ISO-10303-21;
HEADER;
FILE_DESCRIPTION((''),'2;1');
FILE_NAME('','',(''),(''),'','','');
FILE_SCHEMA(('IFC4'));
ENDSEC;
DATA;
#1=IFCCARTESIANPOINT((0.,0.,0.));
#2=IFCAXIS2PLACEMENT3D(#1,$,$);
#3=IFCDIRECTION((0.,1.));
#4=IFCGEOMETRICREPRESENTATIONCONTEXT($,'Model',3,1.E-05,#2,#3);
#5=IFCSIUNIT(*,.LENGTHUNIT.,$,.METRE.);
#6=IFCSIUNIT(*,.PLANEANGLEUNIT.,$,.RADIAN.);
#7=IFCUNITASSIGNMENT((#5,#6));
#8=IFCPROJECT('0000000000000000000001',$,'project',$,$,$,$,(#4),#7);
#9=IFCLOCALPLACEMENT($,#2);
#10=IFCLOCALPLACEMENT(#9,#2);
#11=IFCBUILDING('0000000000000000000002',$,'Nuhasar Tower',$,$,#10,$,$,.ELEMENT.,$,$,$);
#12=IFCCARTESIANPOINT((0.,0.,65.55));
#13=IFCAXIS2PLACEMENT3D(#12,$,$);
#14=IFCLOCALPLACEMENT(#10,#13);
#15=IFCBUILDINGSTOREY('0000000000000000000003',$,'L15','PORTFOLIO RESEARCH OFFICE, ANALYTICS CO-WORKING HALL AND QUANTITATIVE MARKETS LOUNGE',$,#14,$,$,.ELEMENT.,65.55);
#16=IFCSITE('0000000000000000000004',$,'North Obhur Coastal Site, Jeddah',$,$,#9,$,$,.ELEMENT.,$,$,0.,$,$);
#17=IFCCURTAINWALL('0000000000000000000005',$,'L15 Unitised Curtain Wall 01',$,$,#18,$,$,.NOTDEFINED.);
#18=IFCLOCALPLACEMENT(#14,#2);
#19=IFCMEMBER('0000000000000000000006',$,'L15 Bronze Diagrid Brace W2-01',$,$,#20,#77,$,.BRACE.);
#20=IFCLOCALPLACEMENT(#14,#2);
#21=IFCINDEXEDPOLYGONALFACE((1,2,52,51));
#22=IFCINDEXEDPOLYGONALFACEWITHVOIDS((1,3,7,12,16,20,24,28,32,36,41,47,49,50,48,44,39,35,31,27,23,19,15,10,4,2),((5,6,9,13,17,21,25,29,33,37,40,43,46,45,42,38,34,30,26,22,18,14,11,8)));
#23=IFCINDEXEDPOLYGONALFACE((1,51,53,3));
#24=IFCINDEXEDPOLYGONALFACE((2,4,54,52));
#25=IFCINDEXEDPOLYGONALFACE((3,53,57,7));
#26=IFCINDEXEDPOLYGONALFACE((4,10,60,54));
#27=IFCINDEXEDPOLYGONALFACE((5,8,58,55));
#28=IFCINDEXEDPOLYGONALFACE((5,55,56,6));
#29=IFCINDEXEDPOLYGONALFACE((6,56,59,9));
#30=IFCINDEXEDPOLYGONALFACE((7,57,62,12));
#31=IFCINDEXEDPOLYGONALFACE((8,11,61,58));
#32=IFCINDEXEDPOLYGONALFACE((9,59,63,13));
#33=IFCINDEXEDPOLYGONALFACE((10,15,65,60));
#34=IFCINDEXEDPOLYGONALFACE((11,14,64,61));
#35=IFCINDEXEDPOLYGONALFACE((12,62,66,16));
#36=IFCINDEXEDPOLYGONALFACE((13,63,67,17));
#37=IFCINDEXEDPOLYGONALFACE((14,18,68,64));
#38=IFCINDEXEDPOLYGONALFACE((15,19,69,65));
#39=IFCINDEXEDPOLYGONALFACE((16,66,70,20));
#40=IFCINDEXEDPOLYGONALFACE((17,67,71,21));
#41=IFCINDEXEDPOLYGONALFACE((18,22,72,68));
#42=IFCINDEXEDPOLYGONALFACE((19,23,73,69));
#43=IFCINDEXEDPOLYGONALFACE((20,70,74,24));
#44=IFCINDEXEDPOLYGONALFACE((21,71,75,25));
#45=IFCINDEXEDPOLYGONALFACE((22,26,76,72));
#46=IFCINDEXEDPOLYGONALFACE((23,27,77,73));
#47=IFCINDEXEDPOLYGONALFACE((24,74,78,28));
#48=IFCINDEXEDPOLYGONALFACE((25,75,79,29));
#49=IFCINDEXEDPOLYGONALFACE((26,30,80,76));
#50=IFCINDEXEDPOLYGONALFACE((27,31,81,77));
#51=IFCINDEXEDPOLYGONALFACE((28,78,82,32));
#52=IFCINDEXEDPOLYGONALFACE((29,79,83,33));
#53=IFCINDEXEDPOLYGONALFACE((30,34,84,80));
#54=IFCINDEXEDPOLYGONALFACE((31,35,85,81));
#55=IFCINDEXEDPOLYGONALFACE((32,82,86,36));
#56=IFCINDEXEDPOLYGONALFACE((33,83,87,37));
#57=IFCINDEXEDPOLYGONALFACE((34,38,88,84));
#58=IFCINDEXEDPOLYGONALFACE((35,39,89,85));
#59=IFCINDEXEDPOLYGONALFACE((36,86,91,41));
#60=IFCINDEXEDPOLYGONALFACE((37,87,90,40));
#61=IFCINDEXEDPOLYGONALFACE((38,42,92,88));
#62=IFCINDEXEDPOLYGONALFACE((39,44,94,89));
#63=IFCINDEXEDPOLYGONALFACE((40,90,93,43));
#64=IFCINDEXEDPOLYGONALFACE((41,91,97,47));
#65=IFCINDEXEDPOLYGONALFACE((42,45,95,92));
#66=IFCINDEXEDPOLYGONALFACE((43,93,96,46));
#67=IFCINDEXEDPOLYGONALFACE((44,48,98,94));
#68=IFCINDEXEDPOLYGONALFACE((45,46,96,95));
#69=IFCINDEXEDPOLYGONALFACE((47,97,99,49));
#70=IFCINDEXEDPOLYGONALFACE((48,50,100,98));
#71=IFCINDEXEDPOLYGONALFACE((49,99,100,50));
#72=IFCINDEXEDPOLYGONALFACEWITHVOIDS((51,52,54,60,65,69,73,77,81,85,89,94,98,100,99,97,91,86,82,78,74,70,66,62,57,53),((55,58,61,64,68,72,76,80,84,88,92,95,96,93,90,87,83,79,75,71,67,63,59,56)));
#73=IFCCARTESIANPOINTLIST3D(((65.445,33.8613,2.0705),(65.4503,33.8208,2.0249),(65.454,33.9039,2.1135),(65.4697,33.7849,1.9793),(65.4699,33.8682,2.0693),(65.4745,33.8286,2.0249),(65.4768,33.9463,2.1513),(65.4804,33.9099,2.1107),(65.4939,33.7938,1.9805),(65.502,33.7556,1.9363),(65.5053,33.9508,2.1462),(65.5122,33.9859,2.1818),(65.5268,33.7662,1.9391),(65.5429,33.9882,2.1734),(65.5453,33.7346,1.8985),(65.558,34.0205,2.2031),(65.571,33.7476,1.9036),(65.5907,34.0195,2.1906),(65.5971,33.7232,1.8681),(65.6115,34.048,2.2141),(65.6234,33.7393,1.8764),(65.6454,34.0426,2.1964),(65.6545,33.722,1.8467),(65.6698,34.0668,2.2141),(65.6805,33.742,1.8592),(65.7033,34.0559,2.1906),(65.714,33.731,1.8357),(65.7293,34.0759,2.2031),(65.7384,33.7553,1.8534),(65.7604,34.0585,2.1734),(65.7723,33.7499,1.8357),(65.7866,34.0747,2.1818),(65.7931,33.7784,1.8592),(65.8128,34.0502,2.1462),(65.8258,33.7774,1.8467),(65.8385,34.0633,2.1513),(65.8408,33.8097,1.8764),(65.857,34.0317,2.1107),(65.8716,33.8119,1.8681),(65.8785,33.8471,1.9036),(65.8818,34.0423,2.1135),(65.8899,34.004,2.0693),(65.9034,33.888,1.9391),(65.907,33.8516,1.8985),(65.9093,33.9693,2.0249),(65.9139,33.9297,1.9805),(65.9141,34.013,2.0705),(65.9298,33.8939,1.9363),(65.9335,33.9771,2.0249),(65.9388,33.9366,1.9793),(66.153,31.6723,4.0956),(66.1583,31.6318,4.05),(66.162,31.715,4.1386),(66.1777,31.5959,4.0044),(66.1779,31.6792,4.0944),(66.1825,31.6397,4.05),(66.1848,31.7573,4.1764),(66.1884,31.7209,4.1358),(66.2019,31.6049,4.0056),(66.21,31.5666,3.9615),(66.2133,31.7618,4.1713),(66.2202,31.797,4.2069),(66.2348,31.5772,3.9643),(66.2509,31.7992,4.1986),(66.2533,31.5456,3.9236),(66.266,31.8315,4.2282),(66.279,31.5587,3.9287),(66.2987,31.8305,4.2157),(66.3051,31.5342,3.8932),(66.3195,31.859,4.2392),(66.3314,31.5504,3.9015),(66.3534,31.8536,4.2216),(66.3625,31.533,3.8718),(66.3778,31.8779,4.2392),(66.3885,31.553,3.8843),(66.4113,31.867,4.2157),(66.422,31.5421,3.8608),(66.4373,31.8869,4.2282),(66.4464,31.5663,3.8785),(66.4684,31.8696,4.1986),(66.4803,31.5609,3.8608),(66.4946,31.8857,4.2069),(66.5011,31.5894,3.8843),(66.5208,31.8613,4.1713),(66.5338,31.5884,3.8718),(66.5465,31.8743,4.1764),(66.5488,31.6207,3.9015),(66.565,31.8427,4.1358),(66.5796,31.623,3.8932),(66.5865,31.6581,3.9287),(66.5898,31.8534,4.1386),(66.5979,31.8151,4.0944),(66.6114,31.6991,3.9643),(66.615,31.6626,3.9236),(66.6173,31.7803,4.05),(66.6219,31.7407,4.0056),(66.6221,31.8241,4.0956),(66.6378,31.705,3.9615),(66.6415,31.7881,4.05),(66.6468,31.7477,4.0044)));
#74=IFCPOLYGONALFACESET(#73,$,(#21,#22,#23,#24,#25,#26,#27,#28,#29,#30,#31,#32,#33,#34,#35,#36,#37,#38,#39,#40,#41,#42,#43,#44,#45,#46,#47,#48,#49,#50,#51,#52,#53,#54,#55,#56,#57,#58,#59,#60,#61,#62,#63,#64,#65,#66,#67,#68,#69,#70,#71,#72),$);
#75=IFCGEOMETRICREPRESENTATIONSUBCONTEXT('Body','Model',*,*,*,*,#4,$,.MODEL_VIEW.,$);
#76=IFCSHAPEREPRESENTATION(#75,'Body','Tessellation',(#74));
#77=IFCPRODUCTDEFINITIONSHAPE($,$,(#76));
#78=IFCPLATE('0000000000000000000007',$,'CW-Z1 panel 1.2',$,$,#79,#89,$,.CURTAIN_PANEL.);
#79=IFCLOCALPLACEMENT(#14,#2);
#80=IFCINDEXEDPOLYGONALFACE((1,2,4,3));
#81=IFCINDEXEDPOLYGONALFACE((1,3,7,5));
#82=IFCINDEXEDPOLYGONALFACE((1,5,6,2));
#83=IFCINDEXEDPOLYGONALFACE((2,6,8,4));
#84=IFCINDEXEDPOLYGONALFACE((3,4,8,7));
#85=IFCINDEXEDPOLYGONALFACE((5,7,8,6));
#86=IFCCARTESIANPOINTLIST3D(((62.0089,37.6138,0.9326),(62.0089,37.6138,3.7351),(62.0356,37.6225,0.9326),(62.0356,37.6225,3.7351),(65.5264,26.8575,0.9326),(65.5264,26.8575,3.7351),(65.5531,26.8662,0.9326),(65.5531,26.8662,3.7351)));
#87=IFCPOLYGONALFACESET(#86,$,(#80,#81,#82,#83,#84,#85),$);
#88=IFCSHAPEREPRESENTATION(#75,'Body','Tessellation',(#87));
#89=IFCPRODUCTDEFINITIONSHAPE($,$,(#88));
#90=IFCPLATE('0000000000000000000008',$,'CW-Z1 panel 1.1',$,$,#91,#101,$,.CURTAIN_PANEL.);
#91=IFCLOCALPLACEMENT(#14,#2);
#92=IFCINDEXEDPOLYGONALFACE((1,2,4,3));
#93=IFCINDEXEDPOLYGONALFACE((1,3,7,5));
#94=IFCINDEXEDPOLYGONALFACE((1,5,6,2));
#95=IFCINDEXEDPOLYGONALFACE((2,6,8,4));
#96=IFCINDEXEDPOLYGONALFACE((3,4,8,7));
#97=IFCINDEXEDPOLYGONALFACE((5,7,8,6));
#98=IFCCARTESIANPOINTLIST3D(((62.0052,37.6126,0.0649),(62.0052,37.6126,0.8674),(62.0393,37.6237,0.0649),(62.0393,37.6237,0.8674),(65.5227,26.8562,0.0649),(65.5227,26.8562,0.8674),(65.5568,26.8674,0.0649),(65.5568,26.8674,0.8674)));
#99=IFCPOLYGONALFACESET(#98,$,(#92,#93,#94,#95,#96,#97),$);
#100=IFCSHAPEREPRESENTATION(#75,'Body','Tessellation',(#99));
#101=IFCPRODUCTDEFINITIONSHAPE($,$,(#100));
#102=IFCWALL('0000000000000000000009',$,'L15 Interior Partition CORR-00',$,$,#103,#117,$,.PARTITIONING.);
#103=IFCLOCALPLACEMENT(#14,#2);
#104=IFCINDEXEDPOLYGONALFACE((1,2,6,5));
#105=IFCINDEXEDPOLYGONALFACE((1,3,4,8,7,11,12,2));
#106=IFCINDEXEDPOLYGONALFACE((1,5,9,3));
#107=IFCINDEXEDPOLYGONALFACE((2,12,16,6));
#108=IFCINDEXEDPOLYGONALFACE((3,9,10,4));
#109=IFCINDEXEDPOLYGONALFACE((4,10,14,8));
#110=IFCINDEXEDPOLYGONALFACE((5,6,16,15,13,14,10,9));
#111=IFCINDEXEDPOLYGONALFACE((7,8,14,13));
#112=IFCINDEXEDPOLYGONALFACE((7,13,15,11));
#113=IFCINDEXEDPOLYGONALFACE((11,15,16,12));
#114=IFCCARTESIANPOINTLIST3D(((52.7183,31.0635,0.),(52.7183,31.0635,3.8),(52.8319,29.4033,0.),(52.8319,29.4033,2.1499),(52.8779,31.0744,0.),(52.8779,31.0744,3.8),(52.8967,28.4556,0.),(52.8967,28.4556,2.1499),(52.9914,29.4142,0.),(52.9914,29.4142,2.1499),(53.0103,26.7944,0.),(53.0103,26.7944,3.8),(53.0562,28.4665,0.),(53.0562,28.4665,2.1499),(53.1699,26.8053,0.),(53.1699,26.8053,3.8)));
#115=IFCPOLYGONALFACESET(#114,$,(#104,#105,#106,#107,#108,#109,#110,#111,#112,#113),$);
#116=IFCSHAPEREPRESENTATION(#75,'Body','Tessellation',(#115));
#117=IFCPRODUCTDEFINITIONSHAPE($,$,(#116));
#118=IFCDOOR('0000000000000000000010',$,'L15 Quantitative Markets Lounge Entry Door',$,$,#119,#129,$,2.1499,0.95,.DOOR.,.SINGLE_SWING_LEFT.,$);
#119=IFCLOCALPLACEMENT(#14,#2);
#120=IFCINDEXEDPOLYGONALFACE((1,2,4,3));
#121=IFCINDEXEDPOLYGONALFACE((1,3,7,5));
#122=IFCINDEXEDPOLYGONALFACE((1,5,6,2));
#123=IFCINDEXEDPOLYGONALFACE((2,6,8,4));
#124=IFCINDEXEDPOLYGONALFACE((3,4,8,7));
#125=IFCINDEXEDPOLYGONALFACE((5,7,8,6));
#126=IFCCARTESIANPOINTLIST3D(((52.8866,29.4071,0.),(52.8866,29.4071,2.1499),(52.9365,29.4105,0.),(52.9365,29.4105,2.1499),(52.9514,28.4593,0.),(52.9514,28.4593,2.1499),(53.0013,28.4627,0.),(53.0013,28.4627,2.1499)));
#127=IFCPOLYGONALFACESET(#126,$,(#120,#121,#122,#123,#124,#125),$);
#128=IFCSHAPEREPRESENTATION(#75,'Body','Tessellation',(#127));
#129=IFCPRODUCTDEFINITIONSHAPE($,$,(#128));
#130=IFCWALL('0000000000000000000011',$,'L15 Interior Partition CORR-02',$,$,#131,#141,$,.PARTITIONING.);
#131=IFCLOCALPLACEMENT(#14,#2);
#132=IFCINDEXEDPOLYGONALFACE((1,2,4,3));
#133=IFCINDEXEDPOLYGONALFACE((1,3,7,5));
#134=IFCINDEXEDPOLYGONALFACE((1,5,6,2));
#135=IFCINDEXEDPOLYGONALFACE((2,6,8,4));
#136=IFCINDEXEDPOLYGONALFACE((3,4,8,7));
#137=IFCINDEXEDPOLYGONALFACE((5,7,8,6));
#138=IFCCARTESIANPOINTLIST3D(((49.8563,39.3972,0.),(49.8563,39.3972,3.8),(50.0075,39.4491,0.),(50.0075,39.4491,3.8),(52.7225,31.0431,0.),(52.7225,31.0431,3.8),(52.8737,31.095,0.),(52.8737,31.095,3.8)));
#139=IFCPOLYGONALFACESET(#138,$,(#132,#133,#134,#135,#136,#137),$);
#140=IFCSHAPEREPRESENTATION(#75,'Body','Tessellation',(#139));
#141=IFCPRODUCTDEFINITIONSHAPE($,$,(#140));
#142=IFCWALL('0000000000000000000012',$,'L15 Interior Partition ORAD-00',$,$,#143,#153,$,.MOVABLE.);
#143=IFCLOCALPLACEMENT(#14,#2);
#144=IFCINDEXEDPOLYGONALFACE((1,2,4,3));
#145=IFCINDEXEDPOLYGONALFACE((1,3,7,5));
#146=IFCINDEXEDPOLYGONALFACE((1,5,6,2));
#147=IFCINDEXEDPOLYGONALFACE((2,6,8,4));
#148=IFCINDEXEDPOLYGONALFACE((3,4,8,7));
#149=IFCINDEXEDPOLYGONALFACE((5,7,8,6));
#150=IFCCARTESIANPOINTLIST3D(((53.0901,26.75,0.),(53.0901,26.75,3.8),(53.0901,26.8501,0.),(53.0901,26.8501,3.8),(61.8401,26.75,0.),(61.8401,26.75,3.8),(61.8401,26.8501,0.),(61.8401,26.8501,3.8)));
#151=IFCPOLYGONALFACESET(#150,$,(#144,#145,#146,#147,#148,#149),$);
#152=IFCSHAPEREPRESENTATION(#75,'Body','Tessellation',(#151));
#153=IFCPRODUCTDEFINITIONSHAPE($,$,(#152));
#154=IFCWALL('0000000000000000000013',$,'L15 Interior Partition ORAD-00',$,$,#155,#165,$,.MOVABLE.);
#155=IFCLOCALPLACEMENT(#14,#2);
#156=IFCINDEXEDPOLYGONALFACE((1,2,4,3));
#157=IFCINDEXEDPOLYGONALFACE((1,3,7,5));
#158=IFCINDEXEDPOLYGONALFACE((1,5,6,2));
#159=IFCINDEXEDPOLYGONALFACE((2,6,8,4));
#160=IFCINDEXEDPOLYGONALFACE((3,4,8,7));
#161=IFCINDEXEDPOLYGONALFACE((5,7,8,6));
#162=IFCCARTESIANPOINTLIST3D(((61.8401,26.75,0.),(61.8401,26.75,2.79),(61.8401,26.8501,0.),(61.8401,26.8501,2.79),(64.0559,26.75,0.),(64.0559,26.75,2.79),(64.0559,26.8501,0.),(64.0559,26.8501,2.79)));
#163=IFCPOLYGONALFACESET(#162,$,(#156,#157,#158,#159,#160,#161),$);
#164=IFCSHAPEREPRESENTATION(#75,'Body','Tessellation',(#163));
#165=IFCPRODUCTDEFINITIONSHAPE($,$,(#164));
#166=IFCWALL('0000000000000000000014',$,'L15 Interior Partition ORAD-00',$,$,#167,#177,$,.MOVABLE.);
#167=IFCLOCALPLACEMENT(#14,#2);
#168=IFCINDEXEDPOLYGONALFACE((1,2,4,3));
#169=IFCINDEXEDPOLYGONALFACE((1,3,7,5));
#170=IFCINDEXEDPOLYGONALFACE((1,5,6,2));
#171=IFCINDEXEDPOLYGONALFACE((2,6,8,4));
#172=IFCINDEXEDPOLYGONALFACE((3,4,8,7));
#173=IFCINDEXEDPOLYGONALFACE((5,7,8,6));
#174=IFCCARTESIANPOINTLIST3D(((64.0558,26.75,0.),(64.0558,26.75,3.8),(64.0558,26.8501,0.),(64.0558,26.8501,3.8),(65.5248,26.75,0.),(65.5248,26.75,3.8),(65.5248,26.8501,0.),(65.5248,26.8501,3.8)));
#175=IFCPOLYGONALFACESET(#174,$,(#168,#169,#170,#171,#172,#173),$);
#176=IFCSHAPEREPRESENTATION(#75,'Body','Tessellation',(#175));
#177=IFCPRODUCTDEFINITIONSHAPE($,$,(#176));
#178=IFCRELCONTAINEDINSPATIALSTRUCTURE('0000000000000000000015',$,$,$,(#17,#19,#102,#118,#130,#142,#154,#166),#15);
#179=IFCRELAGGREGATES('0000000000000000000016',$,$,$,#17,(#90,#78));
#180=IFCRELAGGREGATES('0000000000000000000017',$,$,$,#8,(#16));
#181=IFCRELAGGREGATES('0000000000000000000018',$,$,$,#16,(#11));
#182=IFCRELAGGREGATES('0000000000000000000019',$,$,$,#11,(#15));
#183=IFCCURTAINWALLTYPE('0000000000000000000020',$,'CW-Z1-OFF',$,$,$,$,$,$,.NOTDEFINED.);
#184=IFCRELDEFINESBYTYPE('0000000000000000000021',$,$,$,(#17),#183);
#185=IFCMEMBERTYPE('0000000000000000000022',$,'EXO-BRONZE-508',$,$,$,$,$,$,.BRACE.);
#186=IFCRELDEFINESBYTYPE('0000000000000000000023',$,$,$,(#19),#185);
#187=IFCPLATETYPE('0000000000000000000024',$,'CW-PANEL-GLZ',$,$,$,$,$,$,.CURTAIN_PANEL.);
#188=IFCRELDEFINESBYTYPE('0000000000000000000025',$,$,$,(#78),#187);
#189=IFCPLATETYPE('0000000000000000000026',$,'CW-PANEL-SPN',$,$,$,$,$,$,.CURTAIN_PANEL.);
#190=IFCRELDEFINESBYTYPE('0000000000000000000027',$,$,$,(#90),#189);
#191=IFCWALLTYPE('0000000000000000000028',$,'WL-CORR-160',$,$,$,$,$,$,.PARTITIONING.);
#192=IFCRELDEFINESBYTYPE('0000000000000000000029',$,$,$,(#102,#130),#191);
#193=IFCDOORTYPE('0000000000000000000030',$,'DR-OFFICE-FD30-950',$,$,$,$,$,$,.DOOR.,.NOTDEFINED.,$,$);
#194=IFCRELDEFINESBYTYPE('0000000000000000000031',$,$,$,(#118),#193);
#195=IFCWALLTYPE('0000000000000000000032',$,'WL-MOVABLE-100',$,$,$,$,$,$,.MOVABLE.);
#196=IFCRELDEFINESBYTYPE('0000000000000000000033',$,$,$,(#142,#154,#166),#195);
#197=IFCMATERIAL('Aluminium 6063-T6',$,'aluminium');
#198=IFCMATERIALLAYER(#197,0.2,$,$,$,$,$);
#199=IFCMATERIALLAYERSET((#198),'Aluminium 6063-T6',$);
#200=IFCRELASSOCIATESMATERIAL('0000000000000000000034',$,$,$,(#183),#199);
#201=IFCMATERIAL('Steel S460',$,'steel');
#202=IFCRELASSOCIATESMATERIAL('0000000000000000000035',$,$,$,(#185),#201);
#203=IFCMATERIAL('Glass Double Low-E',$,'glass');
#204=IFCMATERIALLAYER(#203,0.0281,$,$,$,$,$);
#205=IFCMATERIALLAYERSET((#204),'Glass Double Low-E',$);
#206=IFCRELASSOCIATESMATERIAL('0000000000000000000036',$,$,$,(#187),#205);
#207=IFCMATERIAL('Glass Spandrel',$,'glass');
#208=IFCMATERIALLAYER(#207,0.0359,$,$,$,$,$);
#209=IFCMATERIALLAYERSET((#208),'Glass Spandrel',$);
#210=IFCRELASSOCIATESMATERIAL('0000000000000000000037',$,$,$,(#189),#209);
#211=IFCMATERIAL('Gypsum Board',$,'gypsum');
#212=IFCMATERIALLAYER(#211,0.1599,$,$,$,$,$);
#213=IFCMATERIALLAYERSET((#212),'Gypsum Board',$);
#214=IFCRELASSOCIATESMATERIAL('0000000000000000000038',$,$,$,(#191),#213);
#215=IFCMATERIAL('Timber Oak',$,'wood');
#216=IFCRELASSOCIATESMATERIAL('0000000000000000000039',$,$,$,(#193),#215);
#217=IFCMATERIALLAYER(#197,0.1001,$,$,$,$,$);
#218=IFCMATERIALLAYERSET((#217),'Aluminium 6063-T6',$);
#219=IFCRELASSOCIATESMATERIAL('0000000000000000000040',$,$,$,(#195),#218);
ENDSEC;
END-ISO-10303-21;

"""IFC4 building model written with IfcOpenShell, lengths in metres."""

from ifc_helpers import new_model, si_unit, direction, frame, frame_2d, origin, origin_2d, place, context, subcontext, project, spatial, rectangle, hollow_circle, extrude, material, layer, layer_set, material_profile, profile_set, type_object, element, fill, aggregate, save


model = new_model("IFC4")

# Units and contexts
model_context = context("Model", 3, precision=1e-05, world=origin(), true_north=direction((0.0, 1.0)))
body_context = subcontext(model_context, "Body", "Model", "MODEL_VIEW")
ifc_project = project(units=[si_unit("LENGTHUNIT", "METRE"), si_unit("PLANEANGLEUNIT", "RADIAN")], contexts=[model_context])

# Site, building, storey
site_placement = place(None, origin())
site = spatial("IfcSite", under=ifc_project, at=site_placement, Name="North Obhur Coastal Site, Jeddah", CompositionType="ELEMENT", RefElevation=0.0)
building_placement = place(site_placement, origin())
building = spatial("IfcBuilding", under=site, at=building_placement, Name="Nuhasar Tower", CompositionType="ELEMENT")
storey_placement = place(building_placement, frame((0.0, 0.0, 65.55)))
storey = spatial("IfcBuildingStorey", under=building, at=storey_placement, Name="L15", Description="PORTFOLIO RESEARCH OFFICE, ANALYTICS CO-WORKING HALL AND QUANTITATIVE MARKETS LOUNGE", CompositionType="ELEMENT", Elevation=65.55)

# Curtain wall
ifc_material_1 = material(Name="Aluminium 6063-T6", Category="aluminium")
ifc_layer_1 = layer(ifc_material_1, 0.2)
ifc_layer_set_1 = layer_set([ifc_layer_1], Name="Aluminium 6063-T6")
curtain_wall_type = type_object("IfcCurtainWallType", Name="CW-Z1-OFF", PredefinedType="NOTDEFINED", material=ifc_layer_set_1)
curtain_wall_placement = place(storey_placement, origin())
curtain_wall = element("IfcCurtainWall", 1, at=curtain_wall_placement, inside=storey, type_object=curtain_wall_type, Name="L15 Unitised Curtain Wall 01", PredefinedType="NOTDEFINED")

# Member
ifc_material_2 = material(Name="Steel S460", Category="steel")
ifc_material_profile_1 = material_profile(ifc_material_2, hollow_circle(Radius=0.2539, WallThickness=0.0254, at=origin_2d()), Name="HSS508X25.4")
ifc_profile_set_1 = profile_set([ifc_material_profile_1], Name="Steel S460")
member_type_1 = type_object("IfcMemberType", Name="EXO-BRONZE-508", PredefinedType="BRACE", material=ifc_profile_set_1)
member_1_placement = place(storey_placement, frame((65.6919, 33.8989, 2.0249), z_axis=(0.231, -0.714187, 0.660739), x_axis=(0.951468, 0.307747, 0.0)))
element("IfcMember", 2, at=member_1_placement, inside=storey, type_object=member_type_1, Name="L15 Bronze Diagrid Brace W2-01", PredefinedType="BRACE", context=body_context, shape_type="SweptSolid", body=[
    extrude(hollow_circle(Radius=0.2539, WallThickness=0.0254, at=origin_2d()), origin(), (0.0, 0.0, 1.0), 3.0649),
])

# Plates
ifc_material_3 = material(Name="Glass Double Low-E", Category="glass")
ifc_layer_2 = layer(ifc_material_3, 0.0281)
ifc_layer_set_2 = layer_set([ifc_layer_2], Name="Glass Double Low-E")
plate_type_1 = type_object("IfcPlateType", Name="CW-PANEL-GLZ", PredefinedType="CURTAIN_PANEL", material=ifc_layer_set_2)
plate_1_placement = place(storey_placement, frame((63.781, 32.24, 0.9326), z_axis=(0.0, 0.0, 1.0), x_axis=(-0.310824, 0.950468, 0.0)))
plate_1 = element("IfcPlate", 3, at=plate_1_placement, type_object=plate_type_1, Name="CW-Z1 panel 1.2", PredefinedType="CURTAIN_PANEL", context=body_context, shape_type="SweptSolid", body=[
    extrude(rectangle(XDim=11.3169, YDim=0.0281, at=origin_2d()), origin(), (0.0, 0.0, 1.0), 2.8025),
])
ifc_material_4 = material(Name="Glass Spandrel", Category="glass")
ifc_layer_3 = layer(ifc_material_4, 0.0359)
ifc_layer_set_3 = layer_set([ifc_layer_3], Name="Glass Spandrel")
plate_type_2 = type_object("IfcPlateType", Name="CW-PANEL-SPN", PredefinedType="CURTAIN_PANEL", material=ifc_layer_set_3)
plate_2_placement = place(storey_placement, frame((63.781, 32.24, 0.0649), z_axis=(0.0, 0.0, 1.0), x_axis=(-0.310824, 0.950468, 0.0)))
plate_2 = element("IfcPlate", 4, at=plate_2_placement, type_object=plate_type_2, Name="CW-Z1 panel 1.1", PredefinedType="CURTAIN_PANEL", context=body_context, shape_type="SweptSolid", body=[
    extrude(rectangle(XDim=11.3169, YDim=0.0359, at=origin_2d()), origin(), (0.0, 0.0, 1.0), 0.8025),
])
aggregate(curtain_wall, [plate_2, plate_1])

# Wall, opening, door
ifc_material_5 = material(Name="Gypsum Board", Category="gypsum")
ifc_layer_4 = layer(ifc_material_5, 0.1599)
ifc_layer_set_4 = layer_set([ifc_layer_4], Name="Gypsum Board")
wall_type_1 = type_object("IfcWallType", Name="WL-CORR-160", PredefinedType="PARTITIONING", material=ifc_layer_set_4)
wall_1_placement = place(storey_placement, frame((52.7981, 31.0691, 0.0), z_axis=(0.0, 0.0, 1.0), x_axis=(0.068238, -0.997669, 0.0)))
wall_1 = element("IfcWall", 5, at=wall_1_placement, inside=storey, type_object=wall_type_1, Name="L15 Interior Partition CORR-00", PredefinedType="PARTITIONING", context=body_context, shape_type="SweptSolid", body=[
    extrude(rectangle(XDim=4.2791, YDim=0.1599, at=frame_2d((2.1396, 0.0))), origin(), (0.0, 0.0, 1.0), 3.8),
])
opening_placement = place(wall_1_placement, frame((1.6641, 0.0, 0.0)))
opening = element("IfcOpeningElement", 6, at=opening_placement, cuts=wall_1, PredefinedType="OPENING", context=body_context, shape_type="SweptSolid", body=[
    extrude(rectangle(XDim=0.95, YDim=2.1499, at=frame_2d((0.4751, 1.075))), frame((0.0, 0.0898, 0.0), z_axis=(0.0, -1.0, 0.0), x_axis=(1.0, 0.0, 0.0)), (0.0, 0.0, 1.0), 0.1799),
])
ifc_material_6 = material(Name="Timber Oak", Category="wood")
door_type = type_object("IfcDoorType", Name="DR-OFFICE-FD30-950", OperationType="NOTDEFINED", PredefinedType="DOOR", material=ifc_material_6)
door_placement = place(opening_placement, origin())
door = element("IfcDoor", 7, at=door_placement, inside=storey, type_object=door_type, Name="L15 Quantitative Markets Lounge Entry Door", OperationType="SINGLE_SWING_LEFT", OverallHeight=2.1499, OverallWidth=0.95, PredefinedType="DOOR", context=body_context, shape_type="SweptSolid", body=[
    extrude(rectangle(XDim=0.95, YDim=2.1499, at=frame_2d((0.4751, 1.075))), frame((0.0, 0.0249, 0.0), z_axis=(0.0, -1.0, 0.0), x_axis=(1.0, 0.0, 0.0)), (0.0, 0.0, 1.0), 0.05),
])
fill(opening, door)

# Walls
wall_2_placement = place(storey_placement, frame((52.7981, 31.0691, 0.0), z_axis=(0.0, 0.0, 1.0), x_axis=(-0.324525, 0.945877, 0.0)))
element("IfcWall", 8, at=wall_2_placement, inside=storey, type_object=wall_type_1, Name="L15 Interior Partition CORR-02", PredefinedType="PARTITIONING", context=body_context, shape_type="SweptSolid", body=[
    extrude(rectangle(XDim=8.832, YDim=0.1599, at=frame_2d((4.416, 0.0))), origin(), (0.0, 0.0, 1.0), 3.8),
])
ifc_layer_5 = layer(ifc_material_1, 0.1001)
ifc_layer_set_5 = layer_set([ifc_layer_5], Name="Aluminium 6063-T6")
wall_type_2 = type_object("IfcWallType", Name="WL-MOVABLE-100", PredefinedType="MOVABLE", material=ifc_layer_set_5)
wall_3_placement = place(storey_placement, frame((53.0901, 26.8, 0.0), z_axis=(0.0, 0.0, 1.0), x_axis=(1.0, 0.0, 0.0)))
element("IfcWall", 9, at=wall_3_placement, inside=storey, type_object=wall_type_2, Name="L15 Interior Partition ORAD-00", PredefinedType="MOVABLE", context=body_context, shape_type="SweptSolid", body=[
    extrude(rectangle(XDim=8.75, YDim=0.1001, at=frame_2d((4.375, 0.0))), origin(), (0.0, 0.0, 1.0), 3.8),
])
wall_4_placement = place(storey_placement, frame((61.8401, 26.8, 0.0), z_axis=(0.0, 0.0, 1.0), x_axis=(1.0, 0.0, 0.0)))
element("IfcWall", 10, at=wall_4_placement, inside=storey, type_object=wall_type_2, Name="L15 Interior Partition ORAD-00", PredefinedType="MOVABLE", context=body_context, shape_type="SweptSolid", body=[
    extrude(rectangle(XDim=2.2158, YDim=0.1001, at=frame_2d((1.1079, 0.0))), origin(), (0.0, 0.0, 1.0), 2.79),
])
wall_5_placement = place(storey_placement, frame((64.0559, 26.8, 0.0), z_axis=(0.0, 0.0, 1.0), x_axis=(1.0, 0.0, 0.0)))
element("IfcWall", 11, at=wall_5_placement, inside=storey, type_object=wall_type_2, Name="L15 Interior Partition ORAD-00", PredefinedType="MOVABLE", context=body_context, shape_type="SweptSolid", body=[
    extrude(rectangle(XDim=1.469, YDim=0.1001, at=frame_2d((0.7344, 0.0))), origin(), (0.0, 0.0, 1.0), 3.8),
])

save(model, "model.ifc")
